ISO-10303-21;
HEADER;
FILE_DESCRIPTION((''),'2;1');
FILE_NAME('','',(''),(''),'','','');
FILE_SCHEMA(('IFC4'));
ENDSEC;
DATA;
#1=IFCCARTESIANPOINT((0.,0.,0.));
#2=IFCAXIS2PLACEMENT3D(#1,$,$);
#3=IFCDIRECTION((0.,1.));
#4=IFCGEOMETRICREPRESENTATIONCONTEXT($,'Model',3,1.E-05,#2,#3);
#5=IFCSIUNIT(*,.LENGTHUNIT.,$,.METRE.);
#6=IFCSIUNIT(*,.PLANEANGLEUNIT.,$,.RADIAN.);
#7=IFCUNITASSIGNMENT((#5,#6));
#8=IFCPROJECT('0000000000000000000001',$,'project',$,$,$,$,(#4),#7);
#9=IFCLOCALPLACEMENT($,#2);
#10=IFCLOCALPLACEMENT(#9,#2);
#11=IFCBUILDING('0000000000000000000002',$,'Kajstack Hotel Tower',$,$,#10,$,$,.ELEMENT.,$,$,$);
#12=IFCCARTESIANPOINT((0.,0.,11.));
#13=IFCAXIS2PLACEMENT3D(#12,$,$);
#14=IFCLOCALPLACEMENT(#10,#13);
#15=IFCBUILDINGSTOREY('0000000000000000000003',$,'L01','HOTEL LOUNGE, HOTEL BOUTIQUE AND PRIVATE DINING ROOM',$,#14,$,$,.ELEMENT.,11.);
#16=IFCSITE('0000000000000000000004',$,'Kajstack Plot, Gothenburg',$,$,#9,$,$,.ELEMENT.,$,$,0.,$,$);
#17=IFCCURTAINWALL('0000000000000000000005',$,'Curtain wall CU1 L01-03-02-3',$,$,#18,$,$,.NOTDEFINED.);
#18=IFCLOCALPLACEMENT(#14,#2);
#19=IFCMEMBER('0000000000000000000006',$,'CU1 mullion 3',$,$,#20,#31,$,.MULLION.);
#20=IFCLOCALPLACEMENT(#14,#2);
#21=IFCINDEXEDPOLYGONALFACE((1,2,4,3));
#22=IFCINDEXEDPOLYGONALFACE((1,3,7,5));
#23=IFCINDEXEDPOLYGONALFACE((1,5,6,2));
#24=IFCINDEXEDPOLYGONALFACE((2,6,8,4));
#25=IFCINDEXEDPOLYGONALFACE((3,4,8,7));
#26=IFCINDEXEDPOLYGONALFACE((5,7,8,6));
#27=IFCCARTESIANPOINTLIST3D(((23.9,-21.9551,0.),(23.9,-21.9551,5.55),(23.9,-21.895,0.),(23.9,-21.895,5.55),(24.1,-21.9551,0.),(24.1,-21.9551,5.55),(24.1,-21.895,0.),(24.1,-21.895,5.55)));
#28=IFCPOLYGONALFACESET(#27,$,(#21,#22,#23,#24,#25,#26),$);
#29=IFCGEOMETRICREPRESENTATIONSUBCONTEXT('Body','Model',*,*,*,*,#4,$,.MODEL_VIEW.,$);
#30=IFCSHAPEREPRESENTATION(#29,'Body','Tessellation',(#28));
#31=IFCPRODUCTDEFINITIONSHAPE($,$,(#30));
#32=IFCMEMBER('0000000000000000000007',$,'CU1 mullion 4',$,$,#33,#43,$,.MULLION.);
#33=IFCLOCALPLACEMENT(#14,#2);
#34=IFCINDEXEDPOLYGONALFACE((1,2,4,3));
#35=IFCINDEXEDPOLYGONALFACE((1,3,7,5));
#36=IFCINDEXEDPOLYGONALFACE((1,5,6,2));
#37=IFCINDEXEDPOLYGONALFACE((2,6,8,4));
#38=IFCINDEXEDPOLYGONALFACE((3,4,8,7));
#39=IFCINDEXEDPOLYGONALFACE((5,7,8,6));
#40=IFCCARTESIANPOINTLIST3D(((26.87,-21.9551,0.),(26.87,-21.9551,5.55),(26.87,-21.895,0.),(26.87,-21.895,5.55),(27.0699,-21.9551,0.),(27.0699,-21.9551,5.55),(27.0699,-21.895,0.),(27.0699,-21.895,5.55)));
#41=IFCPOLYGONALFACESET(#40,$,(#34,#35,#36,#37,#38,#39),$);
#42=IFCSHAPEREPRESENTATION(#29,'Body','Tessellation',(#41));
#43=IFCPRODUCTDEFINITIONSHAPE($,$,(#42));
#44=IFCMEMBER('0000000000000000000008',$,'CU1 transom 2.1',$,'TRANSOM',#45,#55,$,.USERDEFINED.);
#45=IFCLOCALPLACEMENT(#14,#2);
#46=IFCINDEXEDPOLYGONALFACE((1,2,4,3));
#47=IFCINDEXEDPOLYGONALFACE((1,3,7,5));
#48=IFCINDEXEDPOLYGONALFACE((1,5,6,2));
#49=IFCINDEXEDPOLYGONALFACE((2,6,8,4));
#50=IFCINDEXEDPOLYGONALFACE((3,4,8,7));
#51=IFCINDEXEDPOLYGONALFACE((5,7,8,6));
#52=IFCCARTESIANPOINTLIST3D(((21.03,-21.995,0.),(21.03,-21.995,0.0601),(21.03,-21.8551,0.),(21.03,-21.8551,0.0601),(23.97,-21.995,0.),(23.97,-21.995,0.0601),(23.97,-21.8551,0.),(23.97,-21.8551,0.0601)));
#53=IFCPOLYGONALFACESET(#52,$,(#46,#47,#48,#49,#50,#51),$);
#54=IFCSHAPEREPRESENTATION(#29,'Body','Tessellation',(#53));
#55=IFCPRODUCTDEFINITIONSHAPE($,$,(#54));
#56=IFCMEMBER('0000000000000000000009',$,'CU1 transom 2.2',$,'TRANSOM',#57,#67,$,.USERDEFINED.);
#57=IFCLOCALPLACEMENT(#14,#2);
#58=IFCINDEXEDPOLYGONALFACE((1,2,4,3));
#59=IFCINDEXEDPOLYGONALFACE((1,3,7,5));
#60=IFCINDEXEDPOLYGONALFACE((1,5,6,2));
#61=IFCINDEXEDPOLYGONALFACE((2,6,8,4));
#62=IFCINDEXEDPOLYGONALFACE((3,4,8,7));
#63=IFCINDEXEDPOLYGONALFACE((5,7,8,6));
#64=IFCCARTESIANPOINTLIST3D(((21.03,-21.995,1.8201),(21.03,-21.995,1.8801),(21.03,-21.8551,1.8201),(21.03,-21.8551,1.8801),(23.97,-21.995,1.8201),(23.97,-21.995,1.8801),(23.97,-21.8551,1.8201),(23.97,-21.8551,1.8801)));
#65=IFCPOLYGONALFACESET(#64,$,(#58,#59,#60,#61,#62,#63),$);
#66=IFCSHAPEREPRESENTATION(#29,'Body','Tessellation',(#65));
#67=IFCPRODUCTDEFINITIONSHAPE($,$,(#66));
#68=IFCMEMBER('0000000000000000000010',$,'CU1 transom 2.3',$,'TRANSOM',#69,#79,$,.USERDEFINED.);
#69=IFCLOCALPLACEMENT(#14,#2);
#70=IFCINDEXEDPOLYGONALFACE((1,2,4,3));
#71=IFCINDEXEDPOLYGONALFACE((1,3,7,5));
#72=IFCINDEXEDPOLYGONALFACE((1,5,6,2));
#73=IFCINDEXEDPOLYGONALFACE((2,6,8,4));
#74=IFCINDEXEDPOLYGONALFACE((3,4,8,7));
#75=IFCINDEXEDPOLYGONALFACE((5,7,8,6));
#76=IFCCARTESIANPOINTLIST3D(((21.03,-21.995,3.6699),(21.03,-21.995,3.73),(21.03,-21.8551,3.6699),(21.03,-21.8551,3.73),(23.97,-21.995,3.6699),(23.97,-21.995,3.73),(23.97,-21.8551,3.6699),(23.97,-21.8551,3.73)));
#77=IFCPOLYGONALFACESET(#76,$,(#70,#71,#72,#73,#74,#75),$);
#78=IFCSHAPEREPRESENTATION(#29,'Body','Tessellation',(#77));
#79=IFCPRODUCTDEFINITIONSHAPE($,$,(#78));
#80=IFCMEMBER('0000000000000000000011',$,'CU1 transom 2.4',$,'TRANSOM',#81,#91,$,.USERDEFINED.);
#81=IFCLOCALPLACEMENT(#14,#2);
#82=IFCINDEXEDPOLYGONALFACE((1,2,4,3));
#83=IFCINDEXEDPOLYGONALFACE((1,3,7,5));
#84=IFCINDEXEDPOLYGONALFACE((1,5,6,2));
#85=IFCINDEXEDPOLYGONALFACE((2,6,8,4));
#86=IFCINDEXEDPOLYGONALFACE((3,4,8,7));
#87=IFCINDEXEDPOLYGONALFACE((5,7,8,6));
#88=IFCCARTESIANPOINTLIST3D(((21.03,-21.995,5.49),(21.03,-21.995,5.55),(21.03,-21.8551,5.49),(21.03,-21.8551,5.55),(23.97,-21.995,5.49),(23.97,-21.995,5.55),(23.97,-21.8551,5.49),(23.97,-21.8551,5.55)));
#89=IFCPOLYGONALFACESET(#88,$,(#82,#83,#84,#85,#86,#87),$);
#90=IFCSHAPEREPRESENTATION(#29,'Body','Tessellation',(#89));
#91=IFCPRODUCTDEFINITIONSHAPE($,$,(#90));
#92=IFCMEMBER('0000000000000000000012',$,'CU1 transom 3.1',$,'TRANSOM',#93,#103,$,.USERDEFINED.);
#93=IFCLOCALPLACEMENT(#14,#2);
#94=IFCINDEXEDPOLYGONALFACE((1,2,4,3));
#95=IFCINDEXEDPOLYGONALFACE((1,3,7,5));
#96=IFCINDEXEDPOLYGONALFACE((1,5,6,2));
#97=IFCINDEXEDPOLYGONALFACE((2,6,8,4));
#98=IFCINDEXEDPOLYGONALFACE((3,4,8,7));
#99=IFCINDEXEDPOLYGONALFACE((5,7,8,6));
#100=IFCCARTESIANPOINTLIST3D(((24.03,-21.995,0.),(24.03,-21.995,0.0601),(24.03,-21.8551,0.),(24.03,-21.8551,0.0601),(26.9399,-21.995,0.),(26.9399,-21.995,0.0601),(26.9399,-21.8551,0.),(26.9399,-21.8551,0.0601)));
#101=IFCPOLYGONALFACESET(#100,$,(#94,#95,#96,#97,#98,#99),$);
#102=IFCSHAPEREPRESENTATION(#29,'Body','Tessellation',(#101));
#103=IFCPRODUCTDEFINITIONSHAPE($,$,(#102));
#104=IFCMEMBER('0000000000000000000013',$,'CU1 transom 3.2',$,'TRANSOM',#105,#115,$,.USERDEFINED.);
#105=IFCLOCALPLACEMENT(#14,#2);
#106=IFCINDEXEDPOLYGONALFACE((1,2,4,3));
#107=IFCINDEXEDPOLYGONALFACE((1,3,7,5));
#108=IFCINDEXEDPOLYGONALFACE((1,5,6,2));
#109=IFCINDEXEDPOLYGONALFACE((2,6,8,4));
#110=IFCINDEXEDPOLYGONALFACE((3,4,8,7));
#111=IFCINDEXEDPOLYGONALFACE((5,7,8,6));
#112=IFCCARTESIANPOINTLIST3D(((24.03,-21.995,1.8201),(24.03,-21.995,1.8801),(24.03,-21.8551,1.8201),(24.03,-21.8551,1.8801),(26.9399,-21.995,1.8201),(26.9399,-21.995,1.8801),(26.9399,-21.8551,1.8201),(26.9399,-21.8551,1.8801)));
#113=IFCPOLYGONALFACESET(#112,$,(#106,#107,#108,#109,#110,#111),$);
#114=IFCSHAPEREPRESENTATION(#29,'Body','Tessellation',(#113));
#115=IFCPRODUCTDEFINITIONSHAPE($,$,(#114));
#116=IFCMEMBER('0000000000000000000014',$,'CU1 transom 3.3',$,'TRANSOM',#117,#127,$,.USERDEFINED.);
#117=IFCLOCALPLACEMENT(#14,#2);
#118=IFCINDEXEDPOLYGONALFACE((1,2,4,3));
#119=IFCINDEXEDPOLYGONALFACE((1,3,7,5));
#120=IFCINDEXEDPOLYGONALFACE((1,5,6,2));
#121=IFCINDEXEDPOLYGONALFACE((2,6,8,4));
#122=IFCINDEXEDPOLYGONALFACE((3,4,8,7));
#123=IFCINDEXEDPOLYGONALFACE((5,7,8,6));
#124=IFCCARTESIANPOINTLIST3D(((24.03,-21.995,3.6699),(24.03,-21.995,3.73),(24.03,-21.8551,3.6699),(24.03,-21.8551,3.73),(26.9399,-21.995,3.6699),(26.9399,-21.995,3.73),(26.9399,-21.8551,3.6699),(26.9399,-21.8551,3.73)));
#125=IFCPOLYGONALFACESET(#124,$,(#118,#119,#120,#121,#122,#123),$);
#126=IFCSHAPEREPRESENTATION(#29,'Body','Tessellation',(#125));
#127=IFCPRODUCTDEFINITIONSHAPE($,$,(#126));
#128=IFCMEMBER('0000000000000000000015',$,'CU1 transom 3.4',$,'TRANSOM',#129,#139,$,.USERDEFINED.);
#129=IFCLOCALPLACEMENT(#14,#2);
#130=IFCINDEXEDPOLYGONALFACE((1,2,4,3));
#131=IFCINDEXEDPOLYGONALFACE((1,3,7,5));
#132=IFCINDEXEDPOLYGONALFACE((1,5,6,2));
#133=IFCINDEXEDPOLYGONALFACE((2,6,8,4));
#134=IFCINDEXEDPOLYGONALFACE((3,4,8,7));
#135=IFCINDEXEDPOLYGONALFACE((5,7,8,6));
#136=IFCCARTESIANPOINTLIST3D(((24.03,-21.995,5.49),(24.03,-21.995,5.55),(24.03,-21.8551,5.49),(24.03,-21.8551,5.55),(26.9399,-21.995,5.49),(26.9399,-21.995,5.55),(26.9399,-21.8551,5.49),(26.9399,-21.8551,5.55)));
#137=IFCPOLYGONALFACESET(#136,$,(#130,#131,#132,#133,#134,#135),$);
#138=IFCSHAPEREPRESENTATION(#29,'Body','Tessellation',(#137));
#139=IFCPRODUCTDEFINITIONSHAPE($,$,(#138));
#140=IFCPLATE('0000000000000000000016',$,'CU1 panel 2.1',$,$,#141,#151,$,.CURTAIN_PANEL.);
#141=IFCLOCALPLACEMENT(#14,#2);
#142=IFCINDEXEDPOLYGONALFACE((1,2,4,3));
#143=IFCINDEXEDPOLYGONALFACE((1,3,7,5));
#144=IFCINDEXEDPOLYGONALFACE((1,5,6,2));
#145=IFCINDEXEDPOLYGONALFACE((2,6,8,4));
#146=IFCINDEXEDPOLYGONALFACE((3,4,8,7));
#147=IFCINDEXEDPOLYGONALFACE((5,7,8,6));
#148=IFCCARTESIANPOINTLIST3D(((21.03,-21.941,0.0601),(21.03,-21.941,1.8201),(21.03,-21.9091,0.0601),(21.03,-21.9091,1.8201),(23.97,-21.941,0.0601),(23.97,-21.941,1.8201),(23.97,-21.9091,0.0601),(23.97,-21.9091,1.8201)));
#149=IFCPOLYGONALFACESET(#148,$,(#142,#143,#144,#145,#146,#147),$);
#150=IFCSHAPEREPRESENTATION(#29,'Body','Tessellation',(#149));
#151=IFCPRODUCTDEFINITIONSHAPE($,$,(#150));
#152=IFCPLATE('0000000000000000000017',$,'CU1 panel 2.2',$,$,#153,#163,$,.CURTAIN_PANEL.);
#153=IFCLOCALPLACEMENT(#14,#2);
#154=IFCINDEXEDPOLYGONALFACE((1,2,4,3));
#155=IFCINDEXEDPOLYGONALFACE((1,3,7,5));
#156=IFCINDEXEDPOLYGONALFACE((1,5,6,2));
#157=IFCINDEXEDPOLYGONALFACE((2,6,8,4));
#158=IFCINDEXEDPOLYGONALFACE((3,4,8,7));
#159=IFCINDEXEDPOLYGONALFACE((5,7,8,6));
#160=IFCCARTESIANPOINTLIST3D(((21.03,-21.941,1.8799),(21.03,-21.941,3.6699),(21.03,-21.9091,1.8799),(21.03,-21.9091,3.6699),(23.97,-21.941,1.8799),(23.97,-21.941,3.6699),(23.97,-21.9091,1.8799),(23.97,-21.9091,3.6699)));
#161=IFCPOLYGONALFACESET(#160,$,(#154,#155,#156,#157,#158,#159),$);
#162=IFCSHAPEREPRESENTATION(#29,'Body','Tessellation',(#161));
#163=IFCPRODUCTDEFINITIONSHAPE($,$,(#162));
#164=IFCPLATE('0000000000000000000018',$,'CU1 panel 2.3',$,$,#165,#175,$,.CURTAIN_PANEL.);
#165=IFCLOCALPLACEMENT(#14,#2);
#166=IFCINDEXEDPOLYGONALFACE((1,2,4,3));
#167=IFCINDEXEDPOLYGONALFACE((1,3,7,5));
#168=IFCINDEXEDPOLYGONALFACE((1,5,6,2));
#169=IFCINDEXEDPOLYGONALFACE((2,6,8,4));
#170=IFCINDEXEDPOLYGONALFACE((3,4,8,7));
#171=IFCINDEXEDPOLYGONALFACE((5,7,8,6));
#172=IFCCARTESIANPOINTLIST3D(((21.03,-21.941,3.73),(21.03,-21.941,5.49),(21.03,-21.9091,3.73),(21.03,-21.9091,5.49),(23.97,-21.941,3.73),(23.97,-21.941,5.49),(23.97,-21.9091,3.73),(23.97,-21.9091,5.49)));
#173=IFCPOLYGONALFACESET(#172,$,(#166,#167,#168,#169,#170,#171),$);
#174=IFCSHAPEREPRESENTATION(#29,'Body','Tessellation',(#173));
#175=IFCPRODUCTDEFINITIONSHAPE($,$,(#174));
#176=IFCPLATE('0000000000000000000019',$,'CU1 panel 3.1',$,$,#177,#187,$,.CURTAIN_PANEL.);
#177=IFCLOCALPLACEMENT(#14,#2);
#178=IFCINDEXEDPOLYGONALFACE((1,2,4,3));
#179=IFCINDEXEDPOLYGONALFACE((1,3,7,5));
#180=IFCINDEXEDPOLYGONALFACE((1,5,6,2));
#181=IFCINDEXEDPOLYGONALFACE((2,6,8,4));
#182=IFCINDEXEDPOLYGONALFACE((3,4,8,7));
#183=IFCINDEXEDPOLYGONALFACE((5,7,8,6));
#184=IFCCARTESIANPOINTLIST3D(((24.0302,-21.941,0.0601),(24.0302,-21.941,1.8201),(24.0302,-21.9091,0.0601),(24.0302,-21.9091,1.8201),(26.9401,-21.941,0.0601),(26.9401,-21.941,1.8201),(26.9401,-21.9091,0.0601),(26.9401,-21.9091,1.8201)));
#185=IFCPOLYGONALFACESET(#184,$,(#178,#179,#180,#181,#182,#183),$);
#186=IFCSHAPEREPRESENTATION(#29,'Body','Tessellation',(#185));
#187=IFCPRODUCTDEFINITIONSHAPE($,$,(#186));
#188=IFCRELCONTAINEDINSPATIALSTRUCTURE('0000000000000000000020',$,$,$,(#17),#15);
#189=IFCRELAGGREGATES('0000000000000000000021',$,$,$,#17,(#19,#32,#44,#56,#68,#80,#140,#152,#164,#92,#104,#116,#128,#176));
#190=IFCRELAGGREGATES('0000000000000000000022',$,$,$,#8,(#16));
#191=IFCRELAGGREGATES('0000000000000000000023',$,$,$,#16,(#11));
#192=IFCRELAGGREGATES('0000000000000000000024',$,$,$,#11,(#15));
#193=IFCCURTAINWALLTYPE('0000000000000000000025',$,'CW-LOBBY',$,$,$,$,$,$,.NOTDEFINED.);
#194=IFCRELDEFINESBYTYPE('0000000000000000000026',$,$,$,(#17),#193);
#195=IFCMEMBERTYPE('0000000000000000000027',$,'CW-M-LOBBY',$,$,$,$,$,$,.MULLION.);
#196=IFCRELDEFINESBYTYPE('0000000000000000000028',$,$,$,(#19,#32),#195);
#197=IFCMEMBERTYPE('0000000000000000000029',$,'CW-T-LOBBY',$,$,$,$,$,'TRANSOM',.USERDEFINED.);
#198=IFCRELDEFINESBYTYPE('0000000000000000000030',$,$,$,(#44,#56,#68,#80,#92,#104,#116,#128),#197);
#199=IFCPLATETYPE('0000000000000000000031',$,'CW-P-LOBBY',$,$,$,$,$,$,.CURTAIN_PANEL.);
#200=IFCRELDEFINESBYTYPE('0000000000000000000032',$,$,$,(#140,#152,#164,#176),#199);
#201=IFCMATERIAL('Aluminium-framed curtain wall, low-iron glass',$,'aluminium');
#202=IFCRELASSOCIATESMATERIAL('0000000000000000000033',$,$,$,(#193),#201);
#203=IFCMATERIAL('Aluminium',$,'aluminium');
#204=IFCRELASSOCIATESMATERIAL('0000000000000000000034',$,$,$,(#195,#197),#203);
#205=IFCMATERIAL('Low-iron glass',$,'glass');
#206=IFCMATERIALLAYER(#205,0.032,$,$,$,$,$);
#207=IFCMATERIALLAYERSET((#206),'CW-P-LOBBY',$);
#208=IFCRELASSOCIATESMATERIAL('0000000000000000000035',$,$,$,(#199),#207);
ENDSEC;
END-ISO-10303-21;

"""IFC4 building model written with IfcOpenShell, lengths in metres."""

from ifc_helpers import new_model, si_unit, direction, frame, origin, origin_2d, place, context, subcontext, project, spatial, rectangle, extrude, material, layer, layer_set, material_profile, profile_set, type_object, element, aggregate, save


model = new_model("IFC4")

# Units and contexts
model_context = context("Model", 3, precision=1e-05, world=origin(), true_north=direction((0.0, 1.0)))
body_context = subcontext(model_context, "Body", "Model", "MODEL_VIEW")
ifc_project = project(units=[si_unit("LENGTHUNIT", "METRE"), si_unit("PLANEANGLEUNIT", "RADIAN")], contexts=[model_context])

# Site, building, storey
site_placement = place(None, origin())
site = spatial("IfcSite", under=ifc_project, at=site_placement, Name="Kajstack Plot, Gothenburg", CompositionType="ELEMENT", RefElevation=0.0)
building_placement = place(site_placement, origin())
building = spatial("IfcBuilding", under=site, at=building_placement, Name="Kajstack Hotel Tower", CompositionType="ELEMENT")
storey_placement = place(building_placement, frame((0.0, 0.0, 11.0)))
storey = spatial("IfcBuildingStorey", under=building, at=storey_placement, Name="L01", Description="HOTEL LOUNGE, HOTEL BOUTIQUE AND PRIVATE DINING ROOM", CompositionType="ELEMENT", Elevation=11.0)

# Curtain wall, members, plates
ifc_material_1 = material(Name="Aluminium-framed curtain wall, low-iron glass", Category="aluminium")
curtain_wall_type = type_object("IfcCurtainWallType", Name="CW-LOBBY", PredefinedType="NOTDEFINED", material=ifc_material_1)
curtain_wall_placement = place(storey_placement, origin())
curtain_wall = element("IfcCurtainWall", 1, at=curtain_wall_placement, inside=storey, type_object=curtain_wall_type, Name="Curtain wall CU1 L01-03-02-3", PredefinedType="NOTDEFINED")
ifc_material_2 = material(Name="Aluminium", Category="aluminium")
ifc_material_profile_1 = material_profile(ifc_material_2, rectangle(XDim=0.0601, YDim=0.2, at=origin_2d()), Name="Aluminium mullion 60 x 200")
ifc_profile_set_1 = profile_set([ifc_material_profile_1], Name="Aluminium")
member_type_1 = type_object("IfcMemberType", Name="CW-M-LOBBY", PredefinedType="MULLION", material=ifc_profile_set_1)
member_1_placement = place(storey_placement, frame((24.0, -21.925, 0.0), z_axis=(0.0, 0.0, 1.0), x_axis=(0.0, 1.0, 0.0)))
member_1 = element("IfcMember", 2, at=member_1_placement, type_object=member_type_1, Name="CU1 mullion 3", PredefinedType="MULLION", context=body_context, shape_type="SweptSolid", body=[
    extrude(rectangle(XDim=0.0601, YDim=0.2, at=origin_2d()), origin(), (0.0, 0.0, 1.0), 5.55),
])
member_2_placement = place(storey_placement, frame((26.97, -21.925, 0.0), z_axis=(0.0, 0.0, 1.0), x_axis=(0.0, 1.0, 0.0)))
member_2 = element("IfcMember", 3, at=member_2_placement, type_object=member_type_1, Name="CU1 mullion 4", PredefinedType="MULLION", context=body_context, shape_type="SweptSolid", body=[
    extrude(rectangle(XDim=0.0601, YDim=0.2, at=origin_2d()), origin(), (0.0, 0.0, 1.0), 5.55),
])
ifc_material_profile_2 = material_profile(ifc_material_2, rectangle(XDim=0.1399, YDim=0.0601, at=origin_2d()), Name="Aluminium transom 140 x 60")
ifc_profile_set_2 = profile_set([ifc_material_profile_2], Name="Aluminium")
member_type_2 = type_object("IfcMemberType", Name="CW-T-LOBBY", ElementType="TRANSOM", PredefinedType="USERDEFINED", material=ifc_profile_set_2)
member_3_placement = place(storey_placement, frame((21.03, -21.925, 0.03), z_axis=(1.0, 0.0, 0.0), x_axis=(0.0, 1.0, 0.0)))
member_3 = element("IfcMember", 4, at=member_3_placement, type_object=member_type_2, Name="CU1 transom 2.1", ObjectType="TRANSOM", PredefinedType="USERDEFINED", context=body_context, shape_type="SweptSolid", body=[
    extrude(rectangle(XDim=0.1399, YDim=0.0601, at=origin_2d()), origin(), (0.0, 0.0, 1.0), 2.9399),
])
member_4_placement = place(storey_placement, frame((21.03, -21.925, 1.8501), z_axis=(1.0, 0.0, 0.0), x_axis=(0.0, 1.0, 0.0)))
member_4 = element("IfcMember", 5, at=member_4_placement, type_object=member_type_2, Name="CU1 transom 2.2", ObjectType="TRANSOM", PredefinedType="USERDEFINED", context=body_context, shape_type="SweptSolid", body=[
    extrude(rectangle(XDim=0.1399, YDim=0.0601, at=origin_2d()), origin(), (0.0, 0.0, 1.0), 2.9399),
])
member_5_placement = place(storey_placement, frame((21.03, -21.925, 3.7), z_axis=(1.0, 0.0, 0.0), x_axis=(0.0, 1.0, 0.0)))
member_5 = element("IfcMember", 6, at=member_5_placement, type_object=member_type_2, Name="CU1 transom 2.3", ObjectType="TRANSOM", PredefinedType="USERDEFINED", context=body_context, shape_type="SweptSolid", body=[
    extrude(rectangle(XDim=0.1399, YDim=0.0601, at=origin_2d()), origin(), (0.0, 0.0, 1.0), 2.9399),
])
member_6_placement = place(storey_placement, frame((21.03, -21.925, 5.52), z_axis=(1.0, 0.0, 0.0), x_axis=(0.0, 1.0, 0.0)))
member_6 = element("IfcMember", 7, at=member_6_placement, type_object=member_type_2, Name="CU1 transom 2.4", ObjectType="TRANSOM", PredefinedType="USERDEFINED", context=body_context, shape_type="SweptSolid", body=[
    extrude(rectangle(XDim=0.1399, YDim=0.0601, at=origin_2d()), origin(), (0.0, 0.0, 1.0), 2.9399),
])
member_7_placement = place(storey_placement, frame((24.03, -21.925, 0.03), z_axis=(1.0, 0.0, 0.0), x_axis=(0.0, 1.0, 0.0)))
member_7 = element("IfcMember", 8, at=member_7_placement, type_object=member_type_2, Name="CU1 transom 3.1", ObjectType="TRANSOM", PredefinedType="USERDEFINED", context=body_context, shape_type="SweptSolid", body=[
    extrude(rectangle(XDim=0.1399, YDim=0.0601, at=origin_2d()), origin(), (0.0, 0.0, 1.0), 2.9099),
])
member_8_placement = place(storey_placement, frame((24.03, -21.925, 1.8501), z_axis=(1.0, 0.0, 0.0), x_axis=(0.0, 1.0, 0.0)))
member_8 = element("IfcMember", 9, at=member_8_placement, type_object=member_type_2, Name="CU1 transom 3.2", ObjectType="TRANSOM", PredefinedType="USERDEFINED", context=body_context, shape_type="SweptSolid", body=[
    extrude(rectangle(XDim=0.1399, YDim=0.0601, at=origin_2d()), origin(), (0.0, 0.0, 1.0), 2.9099),
])
member_9_placement = place(storey_placement, frame((24.03, -21.925, 3.7), z_axis=(1.0, 0.0, 0.0), x_axis=(0.0, 1.0, 0.0)))
member_9 = element("IfcMember", 10, at=member_9_placement, type_object=member_type_2, Name="CU1 transom 3.3", ObjectType="TRANSOM", PredefinedType="USERDEFINED", context=body_context, shape_type="SweptSolid", body=[
    extrude(rectangle(XDim=0.1399, YDim=0.0601, at=origin_2d()), origin(), (0.0, 0.0, 1.0), 2.9099),
])
member_10_placement = place(storey_placement, frame((24.03, -21.925, 5.52), z_axis=(1.0, 0.0, 0.0), x_axis=(0.0, 1.0, 0.0)))
member_10 = element("IfcMember", 11, at=member_10_placement, type_object=member_type_2, Name="CU1 transom 3.4", ObjectType="TRANSOM", PredefinedType="USERDEFINED", context=body_context, shape_type="SweptSolid", body=[
    extrude(rectangle(XDim=0.1399, YDim=0.0601, at=origin_2d()), origin(), (0.0, 0.0, 1.0), 2.9099),
])
ifc_material_3 = material(Name="Low-iron glass", Category="glass")
ifc_layer_1 = layer(ifc_material_3, 0.032)
ifc_layer_set_1 = layer_set([ifc_layer_1], Name="CW-P-LOBBY")
plate_type = type_object("IfcPlateType", Name="CW-P-LOBBY", PredefinedType="CURTAIN_PANEL", material=ifc_layer_set_1)
plate_1_placement = place(storey_placement, frame((22.5, -21.925, 0.0601), z_axis=(0.0, 0.0, 1.0), x_axis=(1.0, 0.0, 0.0)))
plate_1 = element("IfcPlate", 12, at=plate_1_placement, type_object=plate_type, Name="CU1 panel 2.1", PredefinedType="CURTAIN_PANEL", context=body_context, shape_type="SweptSolid", body=[
    extrude(rectangle(XDim=2.9399, YDim=0.032, at=origin_2d()), origin(), (0.0, 0.0, 1.0), 1.76),
])
plate_2_placement = place(storey_placement, frame((22.5, -21.925, 1.8799), z_axis=(0.0, 0.0, 1.0), x_axis=(1.0, 0.0, 0.0)))
plate_2 = element("IfcPlate", 13, at=plate_2_placement, type_object=plate_type, Name="CU1 panel 2.2", PredefinedType="CURTAIN_PANEL", context=body_context, shape_type="SweptSolid", body=[
    extrude(rectangle(XDim=2.9399, YDim=0.032, at=origin_2d()), origin(), (0.0, 0.0, 1.0), 1.79),
])
plate_3_placement = place(storey_placement, frame((22.5, -21.925, 3.73), z_axis=(0.0, 0.0, 1.0), x_axis=(1.0, 0.0, 0.0)))
plate_3 = element("IfcPlate", 14, at=plate_3_placement, type_object=plate_type, Name="CU1 panel 2.3", PredefinedType="CURTAIN_PANEL", context=body_context, shape_type="SweptSolid", body=[
    extrude(rectangle(XDim=2.9399, YDim=0.032, at=origin_2d()), origin(), (0.0, 0.0, 1.0), 1.76),
])
plate_4_placement = place(storey_placement, frame((25.4851, -21.925, 0.0601), z_axis=(0.0, 0.0, 1.0), x_axis=(1.0, 0.0, 0.0)))
plate_4 = element("IfcPlate", 15, at=plate_4_placement, type_object=plate_type, Name="CU1 panel 3.1", PredefinedType="CURTAIN_PANEL", context=body_context, shape_type="SweptSolid", body=[
    extrude(rectangle(XDim=2.9099, YDim=0.032, at=origin_2d()), origin(), (0.0, 0.0, 1.0), 1.76),
])
aggregate(curtain_wall, [member_1, member_2, member_3, member_4, member_5, member_6, plate_1, plate_2, plate_3, member_7, member_8, member_9, member_10, plate_4])

save(model, "model.ifc")
